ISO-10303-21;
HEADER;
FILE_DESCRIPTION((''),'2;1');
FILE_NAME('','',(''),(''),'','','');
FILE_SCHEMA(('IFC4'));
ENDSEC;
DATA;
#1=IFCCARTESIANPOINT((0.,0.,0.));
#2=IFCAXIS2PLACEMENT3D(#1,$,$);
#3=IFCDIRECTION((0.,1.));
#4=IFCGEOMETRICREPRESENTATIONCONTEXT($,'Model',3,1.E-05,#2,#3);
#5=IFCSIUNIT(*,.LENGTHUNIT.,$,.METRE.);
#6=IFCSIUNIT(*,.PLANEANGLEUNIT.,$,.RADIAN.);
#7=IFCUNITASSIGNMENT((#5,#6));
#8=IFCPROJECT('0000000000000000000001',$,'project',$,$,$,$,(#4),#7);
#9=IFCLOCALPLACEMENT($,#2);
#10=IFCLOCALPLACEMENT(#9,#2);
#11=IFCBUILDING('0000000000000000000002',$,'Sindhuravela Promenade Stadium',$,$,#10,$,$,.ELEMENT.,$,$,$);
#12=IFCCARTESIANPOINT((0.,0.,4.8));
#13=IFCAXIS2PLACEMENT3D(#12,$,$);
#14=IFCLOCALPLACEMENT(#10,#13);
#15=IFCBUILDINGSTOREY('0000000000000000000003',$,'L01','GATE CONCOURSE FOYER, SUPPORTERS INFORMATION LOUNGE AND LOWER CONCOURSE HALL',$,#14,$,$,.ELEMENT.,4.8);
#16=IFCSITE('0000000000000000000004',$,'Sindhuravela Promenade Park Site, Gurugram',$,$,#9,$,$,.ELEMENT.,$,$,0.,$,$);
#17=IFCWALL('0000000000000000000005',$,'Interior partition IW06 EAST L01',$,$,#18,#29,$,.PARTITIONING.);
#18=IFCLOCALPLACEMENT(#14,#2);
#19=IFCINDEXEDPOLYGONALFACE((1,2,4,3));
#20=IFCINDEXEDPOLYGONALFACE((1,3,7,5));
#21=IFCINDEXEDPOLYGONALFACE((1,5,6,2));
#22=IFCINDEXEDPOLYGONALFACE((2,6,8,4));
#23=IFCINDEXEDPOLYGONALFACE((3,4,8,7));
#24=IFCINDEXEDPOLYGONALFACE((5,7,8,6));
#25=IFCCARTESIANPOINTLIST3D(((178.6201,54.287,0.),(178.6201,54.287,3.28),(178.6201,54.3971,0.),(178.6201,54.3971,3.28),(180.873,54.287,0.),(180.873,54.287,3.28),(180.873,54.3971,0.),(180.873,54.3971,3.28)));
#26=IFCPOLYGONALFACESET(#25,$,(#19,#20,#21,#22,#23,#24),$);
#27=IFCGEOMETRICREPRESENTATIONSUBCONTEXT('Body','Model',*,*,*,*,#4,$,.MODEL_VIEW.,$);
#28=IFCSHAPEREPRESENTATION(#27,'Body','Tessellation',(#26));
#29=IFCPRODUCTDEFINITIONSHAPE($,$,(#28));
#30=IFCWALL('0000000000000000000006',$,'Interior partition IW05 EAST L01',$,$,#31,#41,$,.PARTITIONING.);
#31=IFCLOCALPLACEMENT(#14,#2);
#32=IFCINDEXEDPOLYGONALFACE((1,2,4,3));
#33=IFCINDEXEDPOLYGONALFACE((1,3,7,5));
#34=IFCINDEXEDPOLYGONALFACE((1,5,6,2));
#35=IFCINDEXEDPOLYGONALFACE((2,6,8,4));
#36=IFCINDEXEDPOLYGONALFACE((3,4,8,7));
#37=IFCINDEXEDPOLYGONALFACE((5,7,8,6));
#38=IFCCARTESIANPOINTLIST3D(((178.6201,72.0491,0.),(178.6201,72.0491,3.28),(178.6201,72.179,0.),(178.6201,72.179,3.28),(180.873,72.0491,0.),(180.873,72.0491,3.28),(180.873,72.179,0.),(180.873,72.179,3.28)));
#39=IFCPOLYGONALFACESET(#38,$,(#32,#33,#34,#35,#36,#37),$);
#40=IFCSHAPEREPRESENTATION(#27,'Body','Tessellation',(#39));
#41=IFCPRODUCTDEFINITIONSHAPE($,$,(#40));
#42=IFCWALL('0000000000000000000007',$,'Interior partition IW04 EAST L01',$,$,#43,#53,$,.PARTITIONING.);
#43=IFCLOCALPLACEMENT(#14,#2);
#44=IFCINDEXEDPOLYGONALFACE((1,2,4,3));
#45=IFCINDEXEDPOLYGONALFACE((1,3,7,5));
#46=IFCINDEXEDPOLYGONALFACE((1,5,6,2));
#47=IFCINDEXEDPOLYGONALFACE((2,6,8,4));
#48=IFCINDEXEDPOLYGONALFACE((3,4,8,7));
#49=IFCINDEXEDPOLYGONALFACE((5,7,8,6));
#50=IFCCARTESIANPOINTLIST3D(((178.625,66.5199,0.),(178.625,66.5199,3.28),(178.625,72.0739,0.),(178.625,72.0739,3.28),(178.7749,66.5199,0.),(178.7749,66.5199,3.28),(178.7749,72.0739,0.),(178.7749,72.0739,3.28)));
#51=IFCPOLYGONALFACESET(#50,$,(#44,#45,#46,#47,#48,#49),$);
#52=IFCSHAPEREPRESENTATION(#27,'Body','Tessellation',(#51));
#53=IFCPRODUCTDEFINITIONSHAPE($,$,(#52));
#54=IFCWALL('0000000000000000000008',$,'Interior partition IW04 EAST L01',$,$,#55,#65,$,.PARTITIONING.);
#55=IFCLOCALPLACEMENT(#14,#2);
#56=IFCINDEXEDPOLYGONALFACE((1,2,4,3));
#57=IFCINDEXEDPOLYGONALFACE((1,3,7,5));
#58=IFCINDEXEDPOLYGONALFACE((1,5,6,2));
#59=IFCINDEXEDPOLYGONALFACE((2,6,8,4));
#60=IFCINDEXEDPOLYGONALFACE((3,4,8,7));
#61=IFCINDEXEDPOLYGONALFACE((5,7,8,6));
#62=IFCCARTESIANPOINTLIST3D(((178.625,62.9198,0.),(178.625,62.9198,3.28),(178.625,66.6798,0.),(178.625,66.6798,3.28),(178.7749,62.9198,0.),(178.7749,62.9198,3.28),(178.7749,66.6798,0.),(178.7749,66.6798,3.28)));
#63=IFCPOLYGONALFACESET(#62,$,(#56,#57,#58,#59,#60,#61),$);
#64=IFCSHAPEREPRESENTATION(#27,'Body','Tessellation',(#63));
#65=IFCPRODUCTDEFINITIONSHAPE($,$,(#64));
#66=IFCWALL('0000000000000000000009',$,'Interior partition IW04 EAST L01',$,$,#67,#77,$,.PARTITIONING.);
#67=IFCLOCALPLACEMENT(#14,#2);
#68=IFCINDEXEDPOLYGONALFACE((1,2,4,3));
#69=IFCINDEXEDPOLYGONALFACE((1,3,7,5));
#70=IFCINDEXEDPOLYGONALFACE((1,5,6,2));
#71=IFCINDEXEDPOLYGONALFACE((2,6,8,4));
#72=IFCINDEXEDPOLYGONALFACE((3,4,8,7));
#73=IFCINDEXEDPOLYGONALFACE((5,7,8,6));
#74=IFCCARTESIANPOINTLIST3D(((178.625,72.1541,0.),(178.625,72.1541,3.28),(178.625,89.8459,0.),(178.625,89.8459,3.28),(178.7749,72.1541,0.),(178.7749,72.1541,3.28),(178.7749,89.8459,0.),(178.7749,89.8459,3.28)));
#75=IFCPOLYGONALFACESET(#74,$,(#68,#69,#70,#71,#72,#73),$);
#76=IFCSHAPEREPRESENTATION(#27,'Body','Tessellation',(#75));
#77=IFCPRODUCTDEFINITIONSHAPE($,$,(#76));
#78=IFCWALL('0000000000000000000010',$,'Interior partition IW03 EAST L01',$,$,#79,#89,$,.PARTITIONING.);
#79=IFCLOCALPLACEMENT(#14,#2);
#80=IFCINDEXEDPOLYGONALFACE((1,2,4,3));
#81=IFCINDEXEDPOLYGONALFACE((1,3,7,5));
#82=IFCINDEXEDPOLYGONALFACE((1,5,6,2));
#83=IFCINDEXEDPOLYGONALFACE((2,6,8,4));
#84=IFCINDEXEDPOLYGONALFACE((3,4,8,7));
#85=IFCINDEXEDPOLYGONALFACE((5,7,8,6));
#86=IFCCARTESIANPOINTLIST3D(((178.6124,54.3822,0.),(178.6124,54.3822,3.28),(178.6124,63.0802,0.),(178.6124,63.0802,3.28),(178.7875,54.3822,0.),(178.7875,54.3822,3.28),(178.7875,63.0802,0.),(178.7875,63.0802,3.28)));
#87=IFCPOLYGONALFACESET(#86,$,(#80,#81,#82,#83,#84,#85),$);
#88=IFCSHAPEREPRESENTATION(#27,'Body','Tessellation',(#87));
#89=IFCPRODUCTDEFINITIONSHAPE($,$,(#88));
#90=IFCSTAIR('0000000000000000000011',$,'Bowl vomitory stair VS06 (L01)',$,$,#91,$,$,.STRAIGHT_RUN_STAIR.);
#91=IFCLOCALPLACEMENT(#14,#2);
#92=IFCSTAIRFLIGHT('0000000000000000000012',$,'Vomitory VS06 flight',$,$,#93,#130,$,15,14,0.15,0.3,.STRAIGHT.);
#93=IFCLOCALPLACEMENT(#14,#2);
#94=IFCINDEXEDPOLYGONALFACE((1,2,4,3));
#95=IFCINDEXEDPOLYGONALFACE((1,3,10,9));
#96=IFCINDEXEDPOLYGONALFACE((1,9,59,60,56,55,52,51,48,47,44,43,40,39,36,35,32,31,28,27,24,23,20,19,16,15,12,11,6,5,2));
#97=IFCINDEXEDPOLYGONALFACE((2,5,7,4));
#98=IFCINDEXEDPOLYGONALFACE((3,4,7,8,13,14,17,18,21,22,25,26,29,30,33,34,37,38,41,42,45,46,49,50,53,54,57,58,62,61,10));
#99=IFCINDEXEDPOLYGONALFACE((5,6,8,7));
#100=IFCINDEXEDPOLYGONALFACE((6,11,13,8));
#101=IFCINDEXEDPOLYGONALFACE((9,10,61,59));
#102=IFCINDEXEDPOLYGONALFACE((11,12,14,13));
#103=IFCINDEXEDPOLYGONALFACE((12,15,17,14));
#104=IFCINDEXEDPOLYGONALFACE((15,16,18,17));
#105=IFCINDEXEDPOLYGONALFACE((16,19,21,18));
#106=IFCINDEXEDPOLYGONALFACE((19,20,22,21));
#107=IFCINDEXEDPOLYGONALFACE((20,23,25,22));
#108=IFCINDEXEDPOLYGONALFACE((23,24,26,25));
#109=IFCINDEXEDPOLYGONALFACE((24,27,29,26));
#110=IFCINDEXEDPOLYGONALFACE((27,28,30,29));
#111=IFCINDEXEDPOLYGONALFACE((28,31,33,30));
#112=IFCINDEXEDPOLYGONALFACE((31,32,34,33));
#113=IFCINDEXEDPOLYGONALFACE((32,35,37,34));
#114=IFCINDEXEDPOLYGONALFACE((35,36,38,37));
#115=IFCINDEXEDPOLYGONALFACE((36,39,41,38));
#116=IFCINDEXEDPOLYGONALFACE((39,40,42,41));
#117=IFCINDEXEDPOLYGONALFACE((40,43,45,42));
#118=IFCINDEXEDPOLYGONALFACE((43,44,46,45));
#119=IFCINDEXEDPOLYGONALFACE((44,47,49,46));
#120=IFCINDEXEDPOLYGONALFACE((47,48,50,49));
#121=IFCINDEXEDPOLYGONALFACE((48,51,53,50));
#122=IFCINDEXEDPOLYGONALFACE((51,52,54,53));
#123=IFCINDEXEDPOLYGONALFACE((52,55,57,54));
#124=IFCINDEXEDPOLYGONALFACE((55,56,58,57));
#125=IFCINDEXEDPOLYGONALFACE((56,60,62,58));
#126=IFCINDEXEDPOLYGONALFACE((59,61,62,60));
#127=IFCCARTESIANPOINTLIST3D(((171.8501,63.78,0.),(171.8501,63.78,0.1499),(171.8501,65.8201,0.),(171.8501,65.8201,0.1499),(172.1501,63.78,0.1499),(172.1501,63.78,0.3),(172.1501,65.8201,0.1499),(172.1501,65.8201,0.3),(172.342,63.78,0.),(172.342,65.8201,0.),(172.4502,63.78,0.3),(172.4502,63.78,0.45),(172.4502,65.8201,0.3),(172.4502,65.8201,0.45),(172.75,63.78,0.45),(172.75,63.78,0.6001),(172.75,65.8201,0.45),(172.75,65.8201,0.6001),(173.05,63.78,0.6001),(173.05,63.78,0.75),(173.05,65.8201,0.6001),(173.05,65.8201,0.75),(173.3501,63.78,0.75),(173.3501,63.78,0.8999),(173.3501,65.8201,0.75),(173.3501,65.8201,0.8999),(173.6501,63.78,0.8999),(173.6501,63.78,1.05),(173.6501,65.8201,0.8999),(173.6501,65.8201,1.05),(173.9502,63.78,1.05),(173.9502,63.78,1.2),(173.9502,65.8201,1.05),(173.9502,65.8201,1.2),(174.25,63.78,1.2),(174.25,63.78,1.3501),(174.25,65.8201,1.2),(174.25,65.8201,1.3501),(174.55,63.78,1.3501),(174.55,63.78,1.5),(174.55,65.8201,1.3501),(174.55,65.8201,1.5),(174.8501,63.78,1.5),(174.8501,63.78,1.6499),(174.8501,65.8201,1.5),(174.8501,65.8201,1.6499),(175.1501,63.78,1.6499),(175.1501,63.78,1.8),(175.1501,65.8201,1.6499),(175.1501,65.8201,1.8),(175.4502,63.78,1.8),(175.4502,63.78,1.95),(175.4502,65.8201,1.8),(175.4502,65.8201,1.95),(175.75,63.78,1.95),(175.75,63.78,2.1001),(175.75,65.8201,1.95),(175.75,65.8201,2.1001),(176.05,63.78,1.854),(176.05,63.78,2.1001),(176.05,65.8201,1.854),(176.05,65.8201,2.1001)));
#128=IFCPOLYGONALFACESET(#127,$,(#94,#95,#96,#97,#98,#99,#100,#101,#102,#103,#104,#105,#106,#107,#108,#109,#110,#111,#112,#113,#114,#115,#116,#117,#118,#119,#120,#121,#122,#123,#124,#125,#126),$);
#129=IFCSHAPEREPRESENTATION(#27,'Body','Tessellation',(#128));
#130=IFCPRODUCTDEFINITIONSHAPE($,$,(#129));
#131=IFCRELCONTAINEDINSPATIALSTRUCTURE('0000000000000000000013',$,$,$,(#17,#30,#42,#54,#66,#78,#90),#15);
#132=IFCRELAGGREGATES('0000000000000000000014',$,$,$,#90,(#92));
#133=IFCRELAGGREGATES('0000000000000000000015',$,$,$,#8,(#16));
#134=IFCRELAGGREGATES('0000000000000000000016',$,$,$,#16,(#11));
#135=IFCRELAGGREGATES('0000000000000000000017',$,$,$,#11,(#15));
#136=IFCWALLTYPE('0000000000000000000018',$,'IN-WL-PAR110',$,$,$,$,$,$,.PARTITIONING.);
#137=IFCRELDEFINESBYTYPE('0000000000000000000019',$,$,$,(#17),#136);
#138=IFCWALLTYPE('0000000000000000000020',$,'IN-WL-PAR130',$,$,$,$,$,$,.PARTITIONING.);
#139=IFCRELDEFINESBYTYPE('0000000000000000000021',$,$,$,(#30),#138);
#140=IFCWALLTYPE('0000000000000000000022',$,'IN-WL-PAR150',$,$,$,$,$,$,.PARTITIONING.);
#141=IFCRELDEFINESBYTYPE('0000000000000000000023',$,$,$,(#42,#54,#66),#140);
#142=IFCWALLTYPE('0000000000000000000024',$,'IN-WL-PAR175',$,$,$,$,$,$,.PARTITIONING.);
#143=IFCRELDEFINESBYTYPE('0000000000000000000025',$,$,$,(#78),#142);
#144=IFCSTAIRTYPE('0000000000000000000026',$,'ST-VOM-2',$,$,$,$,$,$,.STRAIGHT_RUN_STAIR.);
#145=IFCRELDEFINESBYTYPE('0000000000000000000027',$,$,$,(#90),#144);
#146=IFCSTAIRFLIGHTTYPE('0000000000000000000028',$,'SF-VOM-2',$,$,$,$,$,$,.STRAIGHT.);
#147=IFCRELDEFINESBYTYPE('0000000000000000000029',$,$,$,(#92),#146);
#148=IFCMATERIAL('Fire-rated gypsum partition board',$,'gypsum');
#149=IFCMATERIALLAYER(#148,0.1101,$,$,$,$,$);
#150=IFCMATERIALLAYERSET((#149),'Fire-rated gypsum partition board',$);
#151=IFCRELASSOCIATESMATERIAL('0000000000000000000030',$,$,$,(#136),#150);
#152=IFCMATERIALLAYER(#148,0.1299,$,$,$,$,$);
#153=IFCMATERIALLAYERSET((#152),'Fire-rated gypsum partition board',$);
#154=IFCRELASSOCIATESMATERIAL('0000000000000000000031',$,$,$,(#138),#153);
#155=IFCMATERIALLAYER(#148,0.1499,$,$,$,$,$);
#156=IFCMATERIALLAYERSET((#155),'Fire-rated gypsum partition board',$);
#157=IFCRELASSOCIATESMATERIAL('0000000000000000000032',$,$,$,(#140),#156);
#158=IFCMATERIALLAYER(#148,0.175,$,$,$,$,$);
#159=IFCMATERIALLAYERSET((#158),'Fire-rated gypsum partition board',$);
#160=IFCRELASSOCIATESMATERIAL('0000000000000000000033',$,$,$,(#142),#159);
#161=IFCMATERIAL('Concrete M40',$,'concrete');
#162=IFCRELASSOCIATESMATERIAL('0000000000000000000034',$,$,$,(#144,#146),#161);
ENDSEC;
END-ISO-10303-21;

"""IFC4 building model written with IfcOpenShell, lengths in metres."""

from ifc_helpers import new_model, si_unit, direction, frame, frame_2d, origin, place, context, subcontext, project, spatial, polyline, rectangle, outline, extrude, material, layer, layer_set, type_object, element, aggregate, save


model = new_model("IFC4")

# Units and contexts
model_context = context("Model", 3, precision=1e-05, world=origin(), true_north=direction((0.0, 1.0)))
body_context = subcontext(model_context, "Body", "Model", "MODEL_VIEW")
ifc_project = project(units=[si_unit("LENGTHUNIT", "METRE"), si_unit("PLANEANGLEUNIT", "RADIAN")], contexts=[model_context])

# Site, building, storey
site_placement = place(None, origin())
site = spatial("IfcSite", under=ifc_project, at=site_placement, Name="Sindhuravela Promenade Park Site, Gurugram", CompositionType="ELEMENT", RefElevation=0.0)
building_placement = place(site_placement, origin())
building = spatial("IfcBuilding", under=site, at=building_placement, Name="Sindhuravela Promenade Stadium", CompositionType="ELEMENT")
storey_placement = place(building_placement, frame((0.0, 0.0, 4.8)))
storey = spatial("IfcBuildingStorey", under=building, at=storey_placement, Name="L01", Description="GATE CONCOURSE FOYER, SUPPORTERS INFORMATION LOUNGE AND LOWER CONCOURSE HALL", CompositionType="ELEMENT", Elevation=4.8)

# Shared definitions
ifc_material_1 = material(Name="Concrete M40", Category="concrete")

# Walls
ifc_material_2 = material(Name="Fire-rated gypsum partition board", Category="gypsum")
ifc_layer_1 = layer(ifc_material_2, 0.1101)
ifc_layer_set_1 = layer_set([ifc_layer_1], Name="Fire-rated gypsum partition board")
wall_type_1 = type_object("IfcWallType", Name="IN-WL-PAR110", PredefinedType="PARTITIONING", material=ifc_layer_set_1)
wall_1_placement = place(storey_placement, frame((178.6201, 54.342, 0.0), z_axis=(0.0, 0.0, 1.0), x_axis=(1.0, 0.0, 0.0)))
element("IfcWall", 1, at=wall_1_placement, inside=storey, type_object=wall_type_1, Name="Interior partition IW06 EAST L01", PredefinedType="PARTITIONING", context=body_context, shape_type="SweptSolid", body=[
    extrude(rectangle(XDim=2.2529, YDim=0.1101, at=frame_2d((1.1265, 0.0))), origin(), (0.0, 0.0, 1.0), 3.28),
])
ifc_layer_2 = layer(ifc_material_2, 0.1299)
ifc_layer_set_2 = layer_set([ifc_layer_2], Name="Fire-rated gypsum partition board")
wall_type_2 = type_object("IfcWallType", Name="IN-WL-PAR130", PredefinedType="PARTITIONING", material=ifc_layer_set_2)
wall_2_placement = place(storey_placement, frame((178.6201, 72.114, 0.0), z_axis=(0.0, 0.0, 1.0), x_axis=(1.0, 0.0, 0.0)))
element("IfcWall", 2, at=wall_2_placement, inside=storey, type_object=wall_type_2, Name="Interior partition IW05 EAST L01", PredefinedType="PARTITIONING", context=body_context, shape_type="SweptSolid", body=[
    extrude(rectangle(XDim=2.2529, YDim=0.1299, at=frame_2d((1.1265, 0.0))), origin(), (0.0, 0.0, 1.0), 3.28),
])
ifc_layer_3 = layer(ifc_material_2, 0.1499)
ifc_layer_set_3 = layer_set([ifc_layer_3], Name="Fire-rated gypsum partition board")
wall_type_3 = type_object("IfcWallType", Name="IN-WL-PAR150", PredefinedType="PARTITIONING", material=ifc_layer_set_3)
wall_3_placement = place(storey_placement, frame((178.7, 66.52, 0.0), z_axis=(0.0, 0.0, 1.0), x_axis=(0.0, 1.0, 0.0)))
element("IfcWall", 3, at=wall_3_placement, inside=storey, type_object=wall_type_3, Name="Interior partition IW04 EAST L01", PredefinedType="PARTITIONING", context=body_context, shape_type="SweptSolid", body=[
    extrude(rectangle(XDim=5.554, YDim=0.1499, at=frame_2d((2.7769, 0.0))), origin(), (0.0, 0.0, 1.0), 3.28),
])
wall_4_placement = place(storey_placement, frame((178.7, 62.9199, 0.0), z_axis=(0.0, 0.0, 1.0), x_axis=(0.0, 1.0, 0.0)))
element("IfcWall", 4, at=wall_4_placement, inside=storey, type_object=wall_type_3, Name="Interior partition IW04 EAST L01", PredefinedType="PARTITIONING", context=body_context, shape_type="SweptSolid", body=[
    extrude(rectangle(XDim=3.76, YDim=0.1499, at=frame_2d((1.8799, 0.0))), origin(), (0.0, 0.0, 1.0), 3.28),
])
wall_5_placement = place(storey_placement, frame((178.7, 72.1541, 0.0), z_axis=(0.0, 0.0, 1.0), x_axis=(0.0, 1.0, 0.0)))
element("IfcWall", 5, at=wall_5_placement, inside=storey, type_object=wall_type_3, Name="Interior partition IW04 EAST L01", PredefinedType="PARTITIONING", context=body_context, shape_type="SweptSolid", body=[
    extrude(rectangle(XDim=17.6919, YDim=0.1499, at=frame_2d((8.8459, 0.0))), origin(), (0.0, 0.0, 1.0), 3.28),
])
ifc_layer_4 = layer(ifc_material_2, 0.175)
ifc_layer_set_4 = layer_set([ifc_layer_4], Name="Fire-rated gypsum partition board")
wall_type_4 = type_object("IfcWallType", Name="IN-WL-PAR175", PredefinedType="PARTITIONING", material=ifc_layer_set_4)
wall_6_placement = place(storey_placement, frame((178.7, 54.3821, 0.0), z_axis=(0.0, 0.0, 1.0), x_axis=(0.0, 1.0, 0.0)))
element("IfcWall", 6, at=wall_6_placement, inside=storey, type_object=wall_type_4, Name="Interior partition IW03 EAST L01", PredefinedType="PARTITIONING", context=body_context, shape_type="SweptSolid", body=[
    extrude(rectangle(XDim=8.698, YDim=0.175, at=frame_2d((4.3491, 0.0))), origin(), (0.0, 0.0, 1.0), 3.28),
])

# Stair, stair flight
stair_type = type_object("IfcStairType", Name="ST-VOM-2", PredefinedType="STRAIGHT_RUN_STAIR", material=ifc_material_1)
stair_placement = place(storey_placement, origin())
stair = element("IfcStair", 7, at=stair_placement, inside=storey, type_object=stair_type, Name="Bowl vomitory stair VS06 (L01)", PredefinedType="STRAIGHT_RUN_STAIR")
stair_flight_type = type_object("IfcStairFlightType", Name="SF-VOM-2", PredefinedType="STRAIGHT", material=ifc_material_1)
stair_flight_placement = place(storey_placement, frame((171.8501, 64.8, 0.0), z_axis=(0.0, 0.0, 1.0), x_axis=(1.0, 0.0, 0.0)))
stair_flight = element("IfcStairFlight", 8, at=stair_flight_placement, type_object=stair_flight_type, Name="Vomitory VS06 flight", NumberOfRisers=15, NumberOfTreads=14, PredefinedType="STRAIGHT", RiserHeight=0.15, TreadLength=0.3, context=body_context, shape_type="SweptSolid", body=[
    extrude(outline(polyline([(0.0, 0.0), (0.0, 0.1499), (0.3, 0.1499), (0.3, 0.3), (0.6001, 0.3), (0.6001, 0.45), (0.8999, 0.45), (0.8999, 0.6001), (1.2, 0.6001), (1.2, 0.75), (1.5, 0.75), (1.5, 0.8999), (1.8, 0.8999), (1.8, 1.05), (2.1001, 1.05), (2.1001, 1.2), (2.3999, 1.2), (2.3999, 1.3501), (2.7, 1.3501), (2.7, 1.5), (3.0, 1.5), (3.0, 1.6499), (3.3, 1.6499), (3.3, 1.8), (3.6001, 1.8), (3.6001, 1.95), (3.8999, 1.95), (3.8999, 2.1001), (4.2, 2.1001), (4.2, 2.25), (4.2, 1.854), (0.4919, 0.0), (0.0, 0.0)])), frame((0.0, 1.02, 0.0), z_axis=(0.0, -1.0, 0.0), x_axis=(1.0, 0.0, 0.0)), (0.0, 0.0, 1.0), 2.04),
])
aggregate(stair, [stair_flight])

save(model, "model.ifc")
